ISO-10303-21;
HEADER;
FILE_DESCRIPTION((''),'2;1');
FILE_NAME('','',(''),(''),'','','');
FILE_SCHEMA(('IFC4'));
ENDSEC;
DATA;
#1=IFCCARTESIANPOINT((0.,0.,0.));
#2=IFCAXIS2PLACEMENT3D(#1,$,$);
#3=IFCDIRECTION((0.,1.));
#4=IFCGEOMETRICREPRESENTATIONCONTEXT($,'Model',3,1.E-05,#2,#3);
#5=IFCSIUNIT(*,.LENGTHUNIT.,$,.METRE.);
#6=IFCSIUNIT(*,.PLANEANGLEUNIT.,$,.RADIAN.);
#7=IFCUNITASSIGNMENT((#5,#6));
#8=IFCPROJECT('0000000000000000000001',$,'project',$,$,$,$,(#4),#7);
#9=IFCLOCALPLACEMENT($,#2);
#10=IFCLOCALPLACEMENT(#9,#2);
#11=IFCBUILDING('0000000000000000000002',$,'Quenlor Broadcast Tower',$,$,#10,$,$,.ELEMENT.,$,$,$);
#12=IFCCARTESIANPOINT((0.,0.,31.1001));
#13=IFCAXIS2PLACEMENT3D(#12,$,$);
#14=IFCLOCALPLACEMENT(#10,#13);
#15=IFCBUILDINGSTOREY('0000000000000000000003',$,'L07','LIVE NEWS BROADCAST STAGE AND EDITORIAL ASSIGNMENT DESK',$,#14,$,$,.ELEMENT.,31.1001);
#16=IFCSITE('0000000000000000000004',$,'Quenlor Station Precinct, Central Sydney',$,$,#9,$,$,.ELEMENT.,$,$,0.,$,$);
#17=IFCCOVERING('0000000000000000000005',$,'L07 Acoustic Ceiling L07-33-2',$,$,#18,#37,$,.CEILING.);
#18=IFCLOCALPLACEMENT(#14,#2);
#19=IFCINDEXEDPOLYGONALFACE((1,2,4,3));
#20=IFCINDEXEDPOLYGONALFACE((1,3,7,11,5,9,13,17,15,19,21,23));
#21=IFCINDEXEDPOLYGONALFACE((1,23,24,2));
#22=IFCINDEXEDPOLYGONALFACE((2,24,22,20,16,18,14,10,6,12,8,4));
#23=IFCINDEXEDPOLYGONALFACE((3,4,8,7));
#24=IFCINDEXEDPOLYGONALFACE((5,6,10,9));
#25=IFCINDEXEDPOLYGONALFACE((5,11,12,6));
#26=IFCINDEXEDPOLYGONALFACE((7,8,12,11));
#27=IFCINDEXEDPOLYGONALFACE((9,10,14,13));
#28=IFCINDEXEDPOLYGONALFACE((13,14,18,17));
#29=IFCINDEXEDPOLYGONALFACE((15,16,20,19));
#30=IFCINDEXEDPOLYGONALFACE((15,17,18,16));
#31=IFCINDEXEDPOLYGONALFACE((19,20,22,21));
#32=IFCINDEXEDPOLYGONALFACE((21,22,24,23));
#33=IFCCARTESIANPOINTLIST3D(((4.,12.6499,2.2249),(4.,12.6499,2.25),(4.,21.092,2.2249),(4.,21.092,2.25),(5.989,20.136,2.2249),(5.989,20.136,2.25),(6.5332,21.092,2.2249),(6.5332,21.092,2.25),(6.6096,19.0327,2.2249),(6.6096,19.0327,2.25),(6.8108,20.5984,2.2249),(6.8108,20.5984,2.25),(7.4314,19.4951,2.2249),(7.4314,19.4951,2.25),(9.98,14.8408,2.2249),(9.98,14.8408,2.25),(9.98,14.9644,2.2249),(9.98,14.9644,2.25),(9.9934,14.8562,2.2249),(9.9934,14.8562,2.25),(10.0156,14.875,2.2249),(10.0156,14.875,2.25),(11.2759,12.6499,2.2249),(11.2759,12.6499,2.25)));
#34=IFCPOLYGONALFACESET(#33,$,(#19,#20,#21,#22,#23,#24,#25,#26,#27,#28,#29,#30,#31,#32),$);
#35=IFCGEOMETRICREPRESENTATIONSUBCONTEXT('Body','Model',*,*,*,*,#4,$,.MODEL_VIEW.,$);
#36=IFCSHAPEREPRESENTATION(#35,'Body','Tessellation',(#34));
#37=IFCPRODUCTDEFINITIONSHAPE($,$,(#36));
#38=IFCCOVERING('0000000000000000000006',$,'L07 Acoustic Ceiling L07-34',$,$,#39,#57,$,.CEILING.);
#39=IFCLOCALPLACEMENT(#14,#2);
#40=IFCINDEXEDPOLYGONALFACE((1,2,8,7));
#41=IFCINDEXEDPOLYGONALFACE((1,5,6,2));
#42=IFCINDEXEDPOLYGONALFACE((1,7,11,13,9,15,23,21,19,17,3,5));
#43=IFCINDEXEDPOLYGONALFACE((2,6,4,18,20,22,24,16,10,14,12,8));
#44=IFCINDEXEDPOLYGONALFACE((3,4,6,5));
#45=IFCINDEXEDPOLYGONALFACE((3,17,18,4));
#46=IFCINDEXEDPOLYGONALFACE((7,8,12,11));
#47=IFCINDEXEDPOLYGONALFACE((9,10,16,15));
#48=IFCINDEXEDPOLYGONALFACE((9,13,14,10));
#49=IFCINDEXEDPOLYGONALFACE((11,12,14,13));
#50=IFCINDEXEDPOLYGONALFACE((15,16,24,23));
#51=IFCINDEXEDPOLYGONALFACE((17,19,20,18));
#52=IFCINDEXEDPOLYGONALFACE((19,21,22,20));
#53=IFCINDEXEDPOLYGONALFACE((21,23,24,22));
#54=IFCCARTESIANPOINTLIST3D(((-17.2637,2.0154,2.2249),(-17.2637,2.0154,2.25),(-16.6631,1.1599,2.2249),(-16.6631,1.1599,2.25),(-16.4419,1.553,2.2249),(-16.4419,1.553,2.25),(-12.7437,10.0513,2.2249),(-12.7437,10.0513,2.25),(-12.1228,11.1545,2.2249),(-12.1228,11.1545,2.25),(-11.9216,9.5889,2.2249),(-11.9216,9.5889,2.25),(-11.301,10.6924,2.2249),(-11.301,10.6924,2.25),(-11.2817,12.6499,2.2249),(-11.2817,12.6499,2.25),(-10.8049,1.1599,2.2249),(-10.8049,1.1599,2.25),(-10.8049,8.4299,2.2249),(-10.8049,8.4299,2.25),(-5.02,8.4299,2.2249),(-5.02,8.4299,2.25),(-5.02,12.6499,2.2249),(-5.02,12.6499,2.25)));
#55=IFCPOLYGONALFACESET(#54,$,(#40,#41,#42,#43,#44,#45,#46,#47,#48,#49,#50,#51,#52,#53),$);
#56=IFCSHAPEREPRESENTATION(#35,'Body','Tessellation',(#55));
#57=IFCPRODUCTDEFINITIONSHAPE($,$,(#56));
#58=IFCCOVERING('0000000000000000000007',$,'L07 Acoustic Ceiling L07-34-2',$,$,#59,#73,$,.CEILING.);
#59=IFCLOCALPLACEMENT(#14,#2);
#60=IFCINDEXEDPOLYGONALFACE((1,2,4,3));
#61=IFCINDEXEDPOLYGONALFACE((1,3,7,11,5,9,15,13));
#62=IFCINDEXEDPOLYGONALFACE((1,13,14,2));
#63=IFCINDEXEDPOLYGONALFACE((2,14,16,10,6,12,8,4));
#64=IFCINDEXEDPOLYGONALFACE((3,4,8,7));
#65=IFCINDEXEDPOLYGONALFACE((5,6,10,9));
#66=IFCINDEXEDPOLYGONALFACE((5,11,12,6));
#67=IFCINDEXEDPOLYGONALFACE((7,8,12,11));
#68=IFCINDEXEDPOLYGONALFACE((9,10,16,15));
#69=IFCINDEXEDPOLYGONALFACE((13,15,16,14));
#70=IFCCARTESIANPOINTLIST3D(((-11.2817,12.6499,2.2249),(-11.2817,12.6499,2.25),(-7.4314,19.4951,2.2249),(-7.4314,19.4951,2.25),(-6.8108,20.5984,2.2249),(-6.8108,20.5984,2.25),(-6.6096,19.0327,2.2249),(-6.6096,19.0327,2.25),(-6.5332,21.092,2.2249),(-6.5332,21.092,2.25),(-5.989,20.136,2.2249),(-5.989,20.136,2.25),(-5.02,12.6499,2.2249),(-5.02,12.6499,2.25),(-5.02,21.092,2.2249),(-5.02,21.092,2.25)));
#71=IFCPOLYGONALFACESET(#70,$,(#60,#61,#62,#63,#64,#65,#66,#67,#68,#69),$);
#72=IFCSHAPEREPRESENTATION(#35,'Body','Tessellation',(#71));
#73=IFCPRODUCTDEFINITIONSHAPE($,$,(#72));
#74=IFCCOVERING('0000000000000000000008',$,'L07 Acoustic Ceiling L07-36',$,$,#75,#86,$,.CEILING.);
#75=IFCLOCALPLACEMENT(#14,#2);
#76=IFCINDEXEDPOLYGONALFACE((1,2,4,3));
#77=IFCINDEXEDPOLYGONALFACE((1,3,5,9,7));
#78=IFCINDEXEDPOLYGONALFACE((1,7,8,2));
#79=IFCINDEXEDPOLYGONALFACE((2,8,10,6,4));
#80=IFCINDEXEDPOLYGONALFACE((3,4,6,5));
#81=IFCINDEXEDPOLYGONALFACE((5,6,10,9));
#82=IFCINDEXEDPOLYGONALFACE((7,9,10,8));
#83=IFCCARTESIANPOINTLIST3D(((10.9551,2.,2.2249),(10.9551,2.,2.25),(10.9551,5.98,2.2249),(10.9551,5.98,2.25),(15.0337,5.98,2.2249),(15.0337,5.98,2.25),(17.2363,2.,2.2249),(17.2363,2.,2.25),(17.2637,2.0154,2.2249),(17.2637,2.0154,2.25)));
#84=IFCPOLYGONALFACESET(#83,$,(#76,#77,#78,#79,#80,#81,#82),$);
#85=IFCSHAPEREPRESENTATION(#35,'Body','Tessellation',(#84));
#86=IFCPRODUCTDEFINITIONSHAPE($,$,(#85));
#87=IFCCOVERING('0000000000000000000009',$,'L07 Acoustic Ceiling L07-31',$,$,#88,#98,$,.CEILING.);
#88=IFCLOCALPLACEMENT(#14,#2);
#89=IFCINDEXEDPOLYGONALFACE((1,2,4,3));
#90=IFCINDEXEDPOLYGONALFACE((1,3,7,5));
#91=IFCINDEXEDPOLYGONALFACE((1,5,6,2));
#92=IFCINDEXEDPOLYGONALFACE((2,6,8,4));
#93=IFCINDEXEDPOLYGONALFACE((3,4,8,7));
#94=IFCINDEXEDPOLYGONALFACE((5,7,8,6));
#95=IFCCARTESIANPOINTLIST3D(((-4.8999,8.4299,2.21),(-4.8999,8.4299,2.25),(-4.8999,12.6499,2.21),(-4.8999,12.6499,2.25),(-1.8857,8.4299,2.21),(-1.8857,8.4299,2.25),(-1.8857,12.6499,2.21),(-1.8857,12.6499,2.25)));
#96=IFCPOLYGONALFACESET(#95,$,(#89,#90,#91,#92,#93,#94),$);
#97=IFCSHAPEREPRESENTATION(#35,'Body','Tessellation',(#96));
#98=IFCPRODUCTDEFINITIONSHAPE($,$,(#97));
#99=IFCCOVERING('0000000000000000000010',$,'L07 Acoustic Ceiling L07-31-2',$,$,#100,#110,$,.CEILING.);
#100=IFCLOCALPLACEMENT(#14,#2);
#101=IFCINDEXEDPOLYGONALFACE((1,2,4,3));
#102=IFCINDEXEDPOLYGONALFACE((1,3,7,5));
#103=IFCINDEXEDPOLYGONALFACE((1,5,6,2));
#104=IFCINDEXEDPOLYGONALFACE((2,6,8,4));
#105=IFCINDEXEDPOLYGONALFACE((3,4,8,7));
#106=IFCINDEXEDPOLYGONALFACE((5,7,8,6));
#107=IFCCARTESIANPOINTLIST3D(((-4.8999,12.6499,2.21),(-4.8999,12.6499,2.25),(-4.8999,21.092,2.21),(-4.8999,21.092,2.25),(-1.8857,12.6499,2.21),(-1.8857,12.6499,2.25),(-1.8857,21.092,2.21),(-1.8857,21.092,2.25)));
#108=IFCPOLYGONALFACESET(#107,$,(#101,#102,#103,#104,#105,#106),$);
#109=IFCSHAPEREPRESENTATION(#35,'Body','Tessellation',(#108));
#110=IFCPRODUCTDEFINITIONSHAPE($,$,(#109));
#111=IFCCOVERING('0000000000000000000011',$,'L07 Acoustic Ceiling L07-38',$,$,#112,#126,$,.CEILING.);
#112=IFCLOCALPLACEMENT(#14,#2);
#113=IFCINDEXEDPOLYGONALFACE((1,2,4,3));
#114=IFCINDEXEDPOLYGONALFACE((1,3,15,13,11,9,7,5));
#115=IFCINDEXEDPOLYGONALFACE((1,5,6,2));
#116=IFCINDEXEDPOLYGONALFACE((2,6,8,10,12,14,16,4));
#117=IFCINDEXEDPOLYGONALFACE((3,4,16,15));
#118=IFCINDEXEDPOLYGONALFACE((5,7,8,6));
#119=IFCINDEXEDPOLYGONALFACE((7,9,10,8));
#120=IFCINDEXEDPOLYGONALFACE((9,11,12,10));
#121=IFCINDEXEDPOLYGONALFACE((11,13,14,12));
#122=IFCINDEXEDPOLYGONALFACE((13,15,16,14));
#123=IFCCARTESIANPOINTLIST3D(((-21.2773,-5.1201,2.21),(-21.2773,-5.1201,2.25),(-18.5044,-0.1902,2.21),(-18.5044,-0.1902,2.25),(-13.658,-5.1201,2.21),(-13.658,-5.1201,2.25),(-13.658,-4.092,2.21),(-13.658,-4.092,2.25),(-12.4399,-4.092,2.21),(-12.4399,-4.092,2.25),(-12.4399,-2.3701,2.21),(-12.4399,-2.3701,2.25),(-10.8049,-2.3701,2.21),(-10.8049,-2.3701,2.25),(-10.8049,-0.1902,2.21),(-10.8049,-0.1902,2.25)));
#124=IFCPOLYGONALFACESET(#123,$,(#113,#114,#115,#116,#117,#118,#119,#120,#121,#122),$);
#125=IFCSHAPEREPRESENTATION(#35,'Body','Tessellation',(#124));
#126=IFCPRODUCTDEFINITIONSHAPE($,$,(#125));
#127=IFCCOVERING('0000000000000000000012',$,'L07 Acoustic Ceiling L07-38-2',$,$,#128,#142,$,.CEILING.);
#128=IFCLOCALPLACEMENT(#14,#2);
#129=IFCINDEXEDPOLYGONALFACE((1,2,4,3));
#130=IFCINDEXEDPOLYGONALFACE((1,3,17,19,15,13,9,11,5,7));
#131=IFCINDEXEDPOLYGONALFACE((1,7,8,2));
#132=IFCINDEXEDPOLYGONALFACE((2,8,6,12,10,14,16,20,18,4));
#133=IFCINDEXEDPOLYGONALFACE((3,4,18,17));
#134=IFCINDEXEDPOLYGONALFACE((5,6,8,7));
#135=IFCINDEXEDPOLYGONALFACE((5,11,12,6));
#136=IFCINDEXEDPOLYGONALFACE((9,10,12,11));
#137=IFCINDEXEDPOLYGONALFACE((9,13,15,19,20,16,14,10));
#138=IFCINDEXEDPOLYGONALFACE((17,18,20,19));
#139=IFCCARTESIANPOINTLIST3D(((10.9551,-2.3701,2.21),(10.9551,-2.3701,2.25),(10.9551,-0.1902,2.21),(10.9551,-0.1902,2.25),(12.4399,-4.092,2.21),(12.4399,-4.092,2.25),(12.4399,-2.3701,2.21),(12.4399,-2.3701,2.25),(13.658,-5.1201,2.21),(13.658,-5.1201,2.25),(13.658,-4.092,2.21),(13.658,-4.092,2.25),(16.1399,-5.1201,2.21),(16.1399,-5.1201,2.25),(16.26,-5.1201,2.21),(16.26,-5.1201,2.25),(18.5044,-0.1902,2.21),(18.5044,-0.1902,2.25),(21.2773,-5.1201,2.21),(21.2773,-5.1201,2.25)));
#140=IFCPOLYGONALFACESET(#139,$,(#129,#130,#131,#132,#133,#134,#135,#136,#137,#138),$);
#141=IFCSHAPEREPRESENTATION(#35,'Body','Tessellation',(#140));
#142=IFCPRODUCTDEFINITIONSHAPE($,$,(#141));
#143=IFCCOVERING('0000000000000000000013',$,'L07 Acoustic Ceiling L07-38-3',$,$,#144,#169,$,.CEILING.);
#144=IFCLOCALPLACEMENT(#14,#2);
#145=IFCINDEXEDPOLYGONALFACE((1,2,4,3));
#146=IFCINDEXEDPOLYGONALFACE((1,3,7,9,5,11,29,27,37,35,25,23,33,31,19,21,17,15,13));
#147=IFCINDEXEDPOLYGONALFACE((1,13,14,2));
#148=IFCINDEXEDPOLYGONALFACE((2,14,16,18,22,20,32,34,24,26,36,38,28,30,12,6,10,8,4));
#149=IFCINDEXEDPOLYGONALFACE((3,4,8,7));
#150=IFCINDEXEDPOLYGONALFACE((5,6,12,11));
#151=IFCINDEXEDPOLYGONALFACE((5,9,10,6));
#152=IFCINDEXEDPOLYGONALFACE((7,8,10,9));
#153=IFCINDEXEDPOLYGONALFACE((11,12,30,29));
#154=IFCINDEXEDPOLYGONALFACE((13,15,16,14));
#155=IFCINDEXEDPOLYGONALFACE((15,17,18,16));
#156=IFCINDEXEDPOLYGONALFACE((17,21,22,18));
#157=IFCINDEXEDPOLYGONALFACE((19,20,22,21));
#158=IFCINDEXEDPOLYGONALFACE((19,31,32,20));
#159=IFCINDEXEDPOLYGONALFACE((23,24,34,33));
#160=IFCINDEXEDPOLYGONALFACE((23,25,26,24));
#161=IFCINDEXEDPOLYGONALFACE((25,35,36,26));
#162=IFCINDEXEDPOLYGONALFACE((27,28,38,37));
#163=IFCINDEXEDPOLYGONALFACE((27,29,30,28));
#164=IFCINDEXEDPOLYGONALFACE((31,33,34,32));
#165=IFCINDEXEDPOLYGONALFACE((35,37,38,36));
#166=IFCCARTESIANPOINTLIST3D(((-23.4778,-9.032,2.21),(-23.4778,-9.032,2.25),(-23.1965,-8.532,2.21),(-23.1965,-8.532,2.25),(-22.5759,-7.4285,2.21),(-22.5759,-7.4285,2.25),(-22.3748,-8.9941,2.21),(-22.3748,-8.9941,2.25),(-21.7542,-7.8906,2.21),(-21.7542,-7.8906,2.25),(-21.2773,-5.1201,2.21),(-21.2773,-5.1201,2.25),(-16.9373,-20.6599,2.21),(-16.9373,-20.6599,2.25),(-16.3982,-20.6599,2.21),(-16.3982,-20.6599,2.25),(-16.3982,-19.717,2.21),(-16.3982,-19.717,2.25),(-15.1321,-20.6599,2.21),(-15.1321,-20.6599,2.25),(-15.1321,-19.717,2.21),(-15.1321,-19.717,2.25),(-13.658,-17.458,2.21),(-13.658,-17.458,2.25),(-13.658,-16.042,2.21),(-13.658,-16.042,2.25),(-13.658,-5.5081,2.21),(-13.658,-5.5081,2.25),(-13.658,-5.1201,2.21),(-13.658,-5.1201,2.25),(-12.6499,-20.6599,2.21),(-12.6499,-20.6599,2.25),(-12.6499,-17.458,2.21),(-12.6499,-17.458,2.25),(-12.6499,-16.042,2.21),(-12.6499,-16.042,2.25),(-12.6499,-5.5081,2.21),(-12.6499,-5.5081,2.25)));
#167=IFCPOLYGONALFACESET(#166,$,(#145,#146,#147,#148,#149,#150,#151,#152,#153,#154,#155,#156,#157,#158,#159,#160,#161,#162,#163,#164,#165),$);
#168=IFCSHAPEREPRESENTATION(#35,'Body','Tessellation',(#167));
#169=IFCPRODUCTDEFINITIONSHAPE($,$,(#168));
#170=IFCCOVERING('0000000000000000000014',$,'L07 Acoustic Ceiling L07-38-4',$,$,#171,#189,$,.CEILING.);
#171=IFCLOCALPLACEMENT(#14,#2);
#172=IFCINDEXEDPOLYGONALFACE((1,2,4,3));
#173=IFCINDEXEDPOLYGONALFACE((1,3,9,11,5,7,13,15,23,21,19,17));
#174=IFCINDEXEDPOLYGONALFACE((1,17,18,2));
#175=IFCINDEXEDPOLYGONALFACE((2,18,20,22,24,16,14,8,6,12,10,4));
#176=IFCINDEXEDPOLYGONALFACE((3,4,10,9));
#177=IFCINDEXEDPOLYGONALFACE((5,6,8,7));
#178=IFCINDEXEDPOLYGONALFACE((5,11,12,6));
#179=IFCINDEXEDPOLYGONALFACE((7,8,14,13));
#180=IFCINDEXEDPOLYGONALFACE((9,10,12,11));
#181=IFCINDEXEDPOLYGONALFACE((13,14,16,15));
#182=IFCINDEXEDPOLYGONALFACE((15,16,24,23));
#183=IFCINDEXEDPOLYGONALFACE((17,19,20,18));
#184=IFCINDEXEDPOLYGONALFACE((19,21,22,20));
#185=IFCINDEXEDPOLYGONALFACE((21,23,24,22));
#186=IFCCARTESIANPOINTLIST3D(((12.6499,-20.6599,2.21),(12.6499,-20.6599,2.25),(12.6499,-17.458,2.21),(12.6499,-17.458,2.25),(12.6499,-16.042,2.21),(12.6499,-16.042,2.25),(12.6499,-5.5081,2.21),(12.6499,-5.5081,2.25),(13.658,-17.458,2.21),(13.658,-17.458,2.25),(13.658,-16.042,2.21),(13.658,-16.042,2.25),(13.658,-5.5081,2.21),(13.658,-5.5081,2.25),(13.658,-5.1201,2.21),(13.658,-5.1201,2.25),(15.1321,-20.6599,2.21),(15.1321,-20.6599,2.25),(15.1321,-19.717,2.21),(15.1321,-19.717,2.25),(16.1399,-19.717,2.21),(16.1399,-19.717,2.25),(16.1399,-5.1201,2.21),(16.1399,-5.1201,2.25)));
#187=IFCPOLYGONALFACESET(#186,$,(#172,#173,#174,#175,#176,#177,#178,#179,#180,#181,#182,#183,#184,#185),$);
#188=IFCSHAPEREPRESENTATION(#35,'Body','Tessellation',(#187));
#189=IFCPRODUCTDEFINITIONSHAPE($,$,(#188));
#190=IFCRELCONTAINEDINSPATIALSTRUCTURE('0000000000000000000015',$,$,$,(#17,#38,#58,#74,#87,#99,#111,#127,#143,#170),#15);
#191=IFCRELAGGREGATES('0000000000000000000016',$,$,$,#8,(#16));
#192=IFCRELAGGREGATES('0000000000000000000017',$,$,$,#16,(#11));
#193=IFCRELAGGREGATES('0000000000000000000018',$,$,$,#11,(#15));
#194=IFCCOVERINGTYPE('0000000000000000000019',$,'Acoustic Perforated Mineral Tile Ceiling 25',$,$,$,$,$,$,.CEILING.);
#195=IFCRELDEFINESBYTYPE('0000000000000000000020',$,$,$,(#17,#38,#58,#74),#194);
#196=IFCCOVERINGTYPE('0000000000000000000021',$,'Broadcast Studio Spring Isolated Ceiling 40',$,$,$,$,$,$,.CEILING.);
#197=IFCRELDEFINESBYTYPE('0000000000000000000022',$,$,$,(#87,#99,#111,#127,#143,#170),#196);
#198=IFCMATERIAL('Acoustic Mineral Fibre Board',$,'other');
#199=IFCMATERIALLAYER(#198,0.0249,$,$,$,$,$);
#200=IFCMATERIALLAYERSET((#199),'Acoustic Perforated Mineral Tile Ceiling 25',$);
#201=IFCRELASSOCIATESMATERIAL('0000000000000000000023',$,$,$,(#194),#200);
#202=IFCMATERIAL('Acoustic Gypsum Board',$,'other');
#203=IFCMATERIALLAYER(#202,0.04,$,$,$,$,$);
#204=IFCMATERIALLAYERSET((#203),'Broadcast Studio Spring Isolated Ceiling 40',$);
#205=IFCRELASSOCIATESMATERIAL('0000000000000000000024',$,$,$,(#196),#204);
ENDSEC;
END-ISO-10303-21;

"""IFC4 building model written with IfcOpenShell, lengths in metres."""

from ifc_helpers import new_model, si_unit, direction, frame, origin, place, context, subcontext, project, spatial, polyline, outline, extrude, material, layer, layer_set, type_object, element, save


model = new_model("IFC4")

# Units and contexts
model_context = context("Model", 3, precision=1e-05, world=origin(), true_north=direction((0.0, 1.0)))
body_context = subcontext(model_context, "Body", "Model", "MODEL_VIEW")
ifc_project = project(units=[si_unit("LENGTHUNIT", "METRE"), si_unit("PLANEANGLEUNIT", "RADIAN")], contexts=[model_context])

# Site, building, storey
site_placement = place(None, origin())
site = spatial("IfcSite", under=ifc_project, at=site_placement, Name="Quenlor Station Precinct, Central Sydney", CompositionType="ELEMENT", RefElevation=0.0)
building_placement = place(site_placement, origin())
building = spatial("IfcBuilding", under=site, at=building_placement, Name="Quenlor Broadcast Tower", CompositionType="ELEMENT")
storey_placement = place(building_placement, frame((0.0, 0.0, 31.1001)))
storey = spatial("IfcBuildingStorey", under=building, at=storey_placement, Name="L07", Description="LIVE NEWS BROADCAST STAGE AND EDITORIAL ASSIGNMENT DESK", CompositionType="ELEMENT", Elevation=31.1001)

# Coverings
ifc_material_1 = material(Name="Acoustic Mineral Fibre Board", Category="other")
ifc_layer_1 = layer(ifc_material_1, 0.0249)
ifc_layer_set_1 = layer_set([ifc_layer_1], Name="Acoustic Perforated Mineral Tile Ceiling 25")
covering_type_1 = type_object("IfcCoveringType", Name="Acoustic Perforated Mineral Tile Ceiling 25", PredefinedType="CEILING", material=ifc_layer_set_1)
covering_1_placement = place(storey_placement, frame((0.0, 0.0, 2.2249)))
element("IfcCovering", 1, at=covering_1_placement, inside=storey, type_object=covering_type_1, Name="L07 Acoustic Ceiling L07-33-2", PredefinedType="CEILING", context=body_context, shape_type="SweptSolid", body=[
    extrude(outline(polyline([(4.0, 21.092), (6.5332, 21.092), (6.8108, 20.5984), (5.989, 20.136), (6.6096, 19.0327), (7.4314, 19.4951), (9.98, 14.9644), (9.98, 14.8408), (9.9934, 14.8562), (10.0156, 14.875), (11.2759, 12.6499), (4.0, 12.6499), (4.0, 21.092)])), origin(), (0.0, 0.0, 1.0), 0.0251),
])
covering_2_placement = place(storey_placement, frame((0.0, 0.0, 2.2249)))
element("IfcCovering", 2, at=covering_2_placement, inside=storey, type_object=covering_type_1, Name="L07 Acoustic Ceiling L07-34", PredefinedType="CEILING", context=body_context, shape_type="SweptSolid", body=[
    extrude(outline(polyline([(-16.6631, 1.1599), (-16.4419, 1.553), (-17.2637, 2.0154), (-12.7437, 10.0513), (-11.9216, 9.5889), (-11.301, 10.6924), (-12.1228, 11.1545), (-11.2817, 12.6499), (-5.02, 12.6499), (-5.02, 8.4299), (-10.8049, 8.4299), (-10.8049, 1.1599), (-16.6631, 1.1599)])), origin(), (0.0, 0.0, 1.0), 0.0251),
])
covering_3_placement = place(storey_placement, frame((0.0, 0.0, 2.2249)))
element("IfcCovering", 3, at=covering_3_placement, inside=storey, type_object=covering_type_1, Name="L07 Acoustic Ceiling L07-34-2", PredefinedType="CEILING", context=body_context, shape_type="SweptSolid", body=[
    extrude(outline(polyline([(-7.4314, 19.4951), (-6.6096, 19.0327), (-5.989, 20.136), (-6.8108, 20.5984), (-6.5332, 21.092), (-5.02, 21.092), (-5.02, 12.6499), (-11.2817, 12.6499), (-7.4314, 19.4951)])), origin(), (0.0, 0.0, 1.0), 0.0251),
])
covering_4_placement = place(storey_placement, frame((0.0, 0.0, 2.2249)))
element("IfcCovering", 4, at=covering_4_placement, inside=storey, type_object=covering_type_1, Name="L07 Acoustic Ceiling L07-36", PredefinedType="CEILING", context=body_context, shape_type="SweptSolid", body=[
    extrude(outline(polyline([(15.0337, 5.98), (17.2637, 2.0154), (17.2363, 2.0), (10.9551, 2.0), (10.9551, 5.98), (15.0337, 5.98)])), origin(), (0.0, 0.0, 1.0), 0.0251),
])
ifc_material_2 = material(Name="Acoustic Gypsum Board", Category="other")
ifc_layer_2 = layer(ifc_material_2, 0.04)
ifc_layer_set_2 = layer_set([ifc_layer_2], Name="Broadcast Studio Spring Isolated Ceiling 40")
covering_type_2 = type_object("IfcCoveringType", Name="Broadcast Studio Spring Isolated Ceiling 40", PredefinedType="CEILING", material=ifc_layer_set_2)
covering_5_placement = place(storey_placement, frame((0.0, 0.0, 2.21)))
element("IfcCovering", 5, at=covering_5_placement, inside=storey, type_object=covering_type_2, Name="L07 Acoustic Ceiling L07-31", PredefinedType="CEILING", context=body_context, shape_type="SweptSolid", body=[
    extrude(outline(polyline([(-1.8857, 8.4299), (-4.8999, 8.4299), (-4.8999, 12.6499), (-1.8857, 12.6499), (-1.8857, 8.4299)])), origin(), (0.0, 0.0, 1.0), 0.04),
])
covering_6_placement = place(storey_placement, frame((0.0, 0.0, 2.21)))
element("IfcCovering", 6, at=covering_6_placement, inside=storey, type_object=covering_type_2, Name="L07 Acoustic Ceiling L07-31-2", PredefinedType="CEILING", context=body_context, shape_type="SweptSolid", body=[
    extrude(outline(polyline([(-1.8857, 12.6499), (-4.8999, 12.6499), (-4.8999, 21.092), (-1.8857, 21.092), (-1.8857, 12.6499)])), origin(), (0.0, 0.0, 1.0), 0.04),
])
covering_7_placement = place(storey_placement, frame((0.0, 0.0, 2.21)))
element("IfcCovering", 7, at=covering_7_placement, inside=storey, type_object=covering_type_2, Name="L07 Acoustic Ceiling L07-38", PredefinedType="CEILING", context=body_context, shape_type="SweptSolid", body=[
    extrude(outline(polyline([(-12.4399, -2.3701), (-12.4399, -4.092), (-13.658, -4.092), (-13.658, -5.1201), (-21.2773, -5.1201), (-18.5044, -0.1902), (-10.8049, -0.1902), (-10.8049, -2.3701), (-12.4399, -2.3701)])), origin(), (0.0, 0.0, 1.0), 0.04),
])
covering_8_placement = place(storey_placement, frame((0.0, 0.0, 2.21)))
element("IfcCovering", 8, at=covering_8_placement, inside=storey, type_object=covering_type_2, Name="L07 Acoustic Ceiling L07-38-2", PredefinedType="CEILING", context=body_context, shape_type="SweptSolid", body=[
    extrude(outline(polyline([(13.658, -4.092), (12.4399, -4.092), (12.4399, -2.3701), (10.9551, -2.3701), (10.9551, -0.1902), (18.5044, -0.1902), (21.2773, -5.1201), (16.26, -5.1201), (16.1399, -5.1201), (13.658, -5.1201), (13.658, -4.092)])), origin(), (0.0, 0.0, 1.0), 0.04),
])
covering_9_placement = place(storey_placement, frame((0.0, 0.0, 2.21)))
element("IfcCovering", 9, at=covering_9_placement, inside=storey, type_object=covering_type_2, Name="L07 Acoustic Ceiling L07-38-3", PredefinedType="CEILING", context=body_context, shape_type="SweptSolid", body=[
    extrude(outline(polyline([(-13.658, -5.5081), (-12.6499, -5.5081), (-12.6499, -16.042), (-13.658, -16.042), (-13.658, -17.458), (-12.6499, -17.458), (-12.6499, -20.6599), (-15.1321, -20.6599), (-15.1321, -19.717), (-16.3982, -19.717), (-16.3982, -20.6599), (-16.9373, -20.6599), (-23.4778, -9.032), (-23.1965, -8.532), (-22.3748, -8.9941), (-21.7542, -7.8906), (-22.5759, -7.4285), (-21.2773, -5.1201), (-13.658, -5.1201), (-13.658, -5.5081)])), origin(), (0.0, 0.0, 1.0), 0.04),
])
covering_10_placement = place(storey_placement, frame((0.0, 0.0, 2.21)))
element("IfcCovering", 10, at=covering_10_placement, inside=storey, type_object=covering_type_2, Name="L07 Acoustic Ceiling L07-38-4", PredefinedType="CEILING", context=body_context, shape_type="SweptSolid", body=[
    extrude(outline(polyline([(13.658, -17.458), (13.658, -16.042), (12.6499, -16.042), (12.6499, -5.5081), (13.658, -5.5081), (13.658, -5.1201), (16.1399, -5.1201), (16.1399, -19.717), (15.1321, -19.717), (15.1321, -20.6599), (12.6499, -20.6599), (12.6499, -17.458), (13.658, -17.458)])), origin(), (0.0, 0.0, 1.0), 0.04),
])

save(model, "model.ifc")
